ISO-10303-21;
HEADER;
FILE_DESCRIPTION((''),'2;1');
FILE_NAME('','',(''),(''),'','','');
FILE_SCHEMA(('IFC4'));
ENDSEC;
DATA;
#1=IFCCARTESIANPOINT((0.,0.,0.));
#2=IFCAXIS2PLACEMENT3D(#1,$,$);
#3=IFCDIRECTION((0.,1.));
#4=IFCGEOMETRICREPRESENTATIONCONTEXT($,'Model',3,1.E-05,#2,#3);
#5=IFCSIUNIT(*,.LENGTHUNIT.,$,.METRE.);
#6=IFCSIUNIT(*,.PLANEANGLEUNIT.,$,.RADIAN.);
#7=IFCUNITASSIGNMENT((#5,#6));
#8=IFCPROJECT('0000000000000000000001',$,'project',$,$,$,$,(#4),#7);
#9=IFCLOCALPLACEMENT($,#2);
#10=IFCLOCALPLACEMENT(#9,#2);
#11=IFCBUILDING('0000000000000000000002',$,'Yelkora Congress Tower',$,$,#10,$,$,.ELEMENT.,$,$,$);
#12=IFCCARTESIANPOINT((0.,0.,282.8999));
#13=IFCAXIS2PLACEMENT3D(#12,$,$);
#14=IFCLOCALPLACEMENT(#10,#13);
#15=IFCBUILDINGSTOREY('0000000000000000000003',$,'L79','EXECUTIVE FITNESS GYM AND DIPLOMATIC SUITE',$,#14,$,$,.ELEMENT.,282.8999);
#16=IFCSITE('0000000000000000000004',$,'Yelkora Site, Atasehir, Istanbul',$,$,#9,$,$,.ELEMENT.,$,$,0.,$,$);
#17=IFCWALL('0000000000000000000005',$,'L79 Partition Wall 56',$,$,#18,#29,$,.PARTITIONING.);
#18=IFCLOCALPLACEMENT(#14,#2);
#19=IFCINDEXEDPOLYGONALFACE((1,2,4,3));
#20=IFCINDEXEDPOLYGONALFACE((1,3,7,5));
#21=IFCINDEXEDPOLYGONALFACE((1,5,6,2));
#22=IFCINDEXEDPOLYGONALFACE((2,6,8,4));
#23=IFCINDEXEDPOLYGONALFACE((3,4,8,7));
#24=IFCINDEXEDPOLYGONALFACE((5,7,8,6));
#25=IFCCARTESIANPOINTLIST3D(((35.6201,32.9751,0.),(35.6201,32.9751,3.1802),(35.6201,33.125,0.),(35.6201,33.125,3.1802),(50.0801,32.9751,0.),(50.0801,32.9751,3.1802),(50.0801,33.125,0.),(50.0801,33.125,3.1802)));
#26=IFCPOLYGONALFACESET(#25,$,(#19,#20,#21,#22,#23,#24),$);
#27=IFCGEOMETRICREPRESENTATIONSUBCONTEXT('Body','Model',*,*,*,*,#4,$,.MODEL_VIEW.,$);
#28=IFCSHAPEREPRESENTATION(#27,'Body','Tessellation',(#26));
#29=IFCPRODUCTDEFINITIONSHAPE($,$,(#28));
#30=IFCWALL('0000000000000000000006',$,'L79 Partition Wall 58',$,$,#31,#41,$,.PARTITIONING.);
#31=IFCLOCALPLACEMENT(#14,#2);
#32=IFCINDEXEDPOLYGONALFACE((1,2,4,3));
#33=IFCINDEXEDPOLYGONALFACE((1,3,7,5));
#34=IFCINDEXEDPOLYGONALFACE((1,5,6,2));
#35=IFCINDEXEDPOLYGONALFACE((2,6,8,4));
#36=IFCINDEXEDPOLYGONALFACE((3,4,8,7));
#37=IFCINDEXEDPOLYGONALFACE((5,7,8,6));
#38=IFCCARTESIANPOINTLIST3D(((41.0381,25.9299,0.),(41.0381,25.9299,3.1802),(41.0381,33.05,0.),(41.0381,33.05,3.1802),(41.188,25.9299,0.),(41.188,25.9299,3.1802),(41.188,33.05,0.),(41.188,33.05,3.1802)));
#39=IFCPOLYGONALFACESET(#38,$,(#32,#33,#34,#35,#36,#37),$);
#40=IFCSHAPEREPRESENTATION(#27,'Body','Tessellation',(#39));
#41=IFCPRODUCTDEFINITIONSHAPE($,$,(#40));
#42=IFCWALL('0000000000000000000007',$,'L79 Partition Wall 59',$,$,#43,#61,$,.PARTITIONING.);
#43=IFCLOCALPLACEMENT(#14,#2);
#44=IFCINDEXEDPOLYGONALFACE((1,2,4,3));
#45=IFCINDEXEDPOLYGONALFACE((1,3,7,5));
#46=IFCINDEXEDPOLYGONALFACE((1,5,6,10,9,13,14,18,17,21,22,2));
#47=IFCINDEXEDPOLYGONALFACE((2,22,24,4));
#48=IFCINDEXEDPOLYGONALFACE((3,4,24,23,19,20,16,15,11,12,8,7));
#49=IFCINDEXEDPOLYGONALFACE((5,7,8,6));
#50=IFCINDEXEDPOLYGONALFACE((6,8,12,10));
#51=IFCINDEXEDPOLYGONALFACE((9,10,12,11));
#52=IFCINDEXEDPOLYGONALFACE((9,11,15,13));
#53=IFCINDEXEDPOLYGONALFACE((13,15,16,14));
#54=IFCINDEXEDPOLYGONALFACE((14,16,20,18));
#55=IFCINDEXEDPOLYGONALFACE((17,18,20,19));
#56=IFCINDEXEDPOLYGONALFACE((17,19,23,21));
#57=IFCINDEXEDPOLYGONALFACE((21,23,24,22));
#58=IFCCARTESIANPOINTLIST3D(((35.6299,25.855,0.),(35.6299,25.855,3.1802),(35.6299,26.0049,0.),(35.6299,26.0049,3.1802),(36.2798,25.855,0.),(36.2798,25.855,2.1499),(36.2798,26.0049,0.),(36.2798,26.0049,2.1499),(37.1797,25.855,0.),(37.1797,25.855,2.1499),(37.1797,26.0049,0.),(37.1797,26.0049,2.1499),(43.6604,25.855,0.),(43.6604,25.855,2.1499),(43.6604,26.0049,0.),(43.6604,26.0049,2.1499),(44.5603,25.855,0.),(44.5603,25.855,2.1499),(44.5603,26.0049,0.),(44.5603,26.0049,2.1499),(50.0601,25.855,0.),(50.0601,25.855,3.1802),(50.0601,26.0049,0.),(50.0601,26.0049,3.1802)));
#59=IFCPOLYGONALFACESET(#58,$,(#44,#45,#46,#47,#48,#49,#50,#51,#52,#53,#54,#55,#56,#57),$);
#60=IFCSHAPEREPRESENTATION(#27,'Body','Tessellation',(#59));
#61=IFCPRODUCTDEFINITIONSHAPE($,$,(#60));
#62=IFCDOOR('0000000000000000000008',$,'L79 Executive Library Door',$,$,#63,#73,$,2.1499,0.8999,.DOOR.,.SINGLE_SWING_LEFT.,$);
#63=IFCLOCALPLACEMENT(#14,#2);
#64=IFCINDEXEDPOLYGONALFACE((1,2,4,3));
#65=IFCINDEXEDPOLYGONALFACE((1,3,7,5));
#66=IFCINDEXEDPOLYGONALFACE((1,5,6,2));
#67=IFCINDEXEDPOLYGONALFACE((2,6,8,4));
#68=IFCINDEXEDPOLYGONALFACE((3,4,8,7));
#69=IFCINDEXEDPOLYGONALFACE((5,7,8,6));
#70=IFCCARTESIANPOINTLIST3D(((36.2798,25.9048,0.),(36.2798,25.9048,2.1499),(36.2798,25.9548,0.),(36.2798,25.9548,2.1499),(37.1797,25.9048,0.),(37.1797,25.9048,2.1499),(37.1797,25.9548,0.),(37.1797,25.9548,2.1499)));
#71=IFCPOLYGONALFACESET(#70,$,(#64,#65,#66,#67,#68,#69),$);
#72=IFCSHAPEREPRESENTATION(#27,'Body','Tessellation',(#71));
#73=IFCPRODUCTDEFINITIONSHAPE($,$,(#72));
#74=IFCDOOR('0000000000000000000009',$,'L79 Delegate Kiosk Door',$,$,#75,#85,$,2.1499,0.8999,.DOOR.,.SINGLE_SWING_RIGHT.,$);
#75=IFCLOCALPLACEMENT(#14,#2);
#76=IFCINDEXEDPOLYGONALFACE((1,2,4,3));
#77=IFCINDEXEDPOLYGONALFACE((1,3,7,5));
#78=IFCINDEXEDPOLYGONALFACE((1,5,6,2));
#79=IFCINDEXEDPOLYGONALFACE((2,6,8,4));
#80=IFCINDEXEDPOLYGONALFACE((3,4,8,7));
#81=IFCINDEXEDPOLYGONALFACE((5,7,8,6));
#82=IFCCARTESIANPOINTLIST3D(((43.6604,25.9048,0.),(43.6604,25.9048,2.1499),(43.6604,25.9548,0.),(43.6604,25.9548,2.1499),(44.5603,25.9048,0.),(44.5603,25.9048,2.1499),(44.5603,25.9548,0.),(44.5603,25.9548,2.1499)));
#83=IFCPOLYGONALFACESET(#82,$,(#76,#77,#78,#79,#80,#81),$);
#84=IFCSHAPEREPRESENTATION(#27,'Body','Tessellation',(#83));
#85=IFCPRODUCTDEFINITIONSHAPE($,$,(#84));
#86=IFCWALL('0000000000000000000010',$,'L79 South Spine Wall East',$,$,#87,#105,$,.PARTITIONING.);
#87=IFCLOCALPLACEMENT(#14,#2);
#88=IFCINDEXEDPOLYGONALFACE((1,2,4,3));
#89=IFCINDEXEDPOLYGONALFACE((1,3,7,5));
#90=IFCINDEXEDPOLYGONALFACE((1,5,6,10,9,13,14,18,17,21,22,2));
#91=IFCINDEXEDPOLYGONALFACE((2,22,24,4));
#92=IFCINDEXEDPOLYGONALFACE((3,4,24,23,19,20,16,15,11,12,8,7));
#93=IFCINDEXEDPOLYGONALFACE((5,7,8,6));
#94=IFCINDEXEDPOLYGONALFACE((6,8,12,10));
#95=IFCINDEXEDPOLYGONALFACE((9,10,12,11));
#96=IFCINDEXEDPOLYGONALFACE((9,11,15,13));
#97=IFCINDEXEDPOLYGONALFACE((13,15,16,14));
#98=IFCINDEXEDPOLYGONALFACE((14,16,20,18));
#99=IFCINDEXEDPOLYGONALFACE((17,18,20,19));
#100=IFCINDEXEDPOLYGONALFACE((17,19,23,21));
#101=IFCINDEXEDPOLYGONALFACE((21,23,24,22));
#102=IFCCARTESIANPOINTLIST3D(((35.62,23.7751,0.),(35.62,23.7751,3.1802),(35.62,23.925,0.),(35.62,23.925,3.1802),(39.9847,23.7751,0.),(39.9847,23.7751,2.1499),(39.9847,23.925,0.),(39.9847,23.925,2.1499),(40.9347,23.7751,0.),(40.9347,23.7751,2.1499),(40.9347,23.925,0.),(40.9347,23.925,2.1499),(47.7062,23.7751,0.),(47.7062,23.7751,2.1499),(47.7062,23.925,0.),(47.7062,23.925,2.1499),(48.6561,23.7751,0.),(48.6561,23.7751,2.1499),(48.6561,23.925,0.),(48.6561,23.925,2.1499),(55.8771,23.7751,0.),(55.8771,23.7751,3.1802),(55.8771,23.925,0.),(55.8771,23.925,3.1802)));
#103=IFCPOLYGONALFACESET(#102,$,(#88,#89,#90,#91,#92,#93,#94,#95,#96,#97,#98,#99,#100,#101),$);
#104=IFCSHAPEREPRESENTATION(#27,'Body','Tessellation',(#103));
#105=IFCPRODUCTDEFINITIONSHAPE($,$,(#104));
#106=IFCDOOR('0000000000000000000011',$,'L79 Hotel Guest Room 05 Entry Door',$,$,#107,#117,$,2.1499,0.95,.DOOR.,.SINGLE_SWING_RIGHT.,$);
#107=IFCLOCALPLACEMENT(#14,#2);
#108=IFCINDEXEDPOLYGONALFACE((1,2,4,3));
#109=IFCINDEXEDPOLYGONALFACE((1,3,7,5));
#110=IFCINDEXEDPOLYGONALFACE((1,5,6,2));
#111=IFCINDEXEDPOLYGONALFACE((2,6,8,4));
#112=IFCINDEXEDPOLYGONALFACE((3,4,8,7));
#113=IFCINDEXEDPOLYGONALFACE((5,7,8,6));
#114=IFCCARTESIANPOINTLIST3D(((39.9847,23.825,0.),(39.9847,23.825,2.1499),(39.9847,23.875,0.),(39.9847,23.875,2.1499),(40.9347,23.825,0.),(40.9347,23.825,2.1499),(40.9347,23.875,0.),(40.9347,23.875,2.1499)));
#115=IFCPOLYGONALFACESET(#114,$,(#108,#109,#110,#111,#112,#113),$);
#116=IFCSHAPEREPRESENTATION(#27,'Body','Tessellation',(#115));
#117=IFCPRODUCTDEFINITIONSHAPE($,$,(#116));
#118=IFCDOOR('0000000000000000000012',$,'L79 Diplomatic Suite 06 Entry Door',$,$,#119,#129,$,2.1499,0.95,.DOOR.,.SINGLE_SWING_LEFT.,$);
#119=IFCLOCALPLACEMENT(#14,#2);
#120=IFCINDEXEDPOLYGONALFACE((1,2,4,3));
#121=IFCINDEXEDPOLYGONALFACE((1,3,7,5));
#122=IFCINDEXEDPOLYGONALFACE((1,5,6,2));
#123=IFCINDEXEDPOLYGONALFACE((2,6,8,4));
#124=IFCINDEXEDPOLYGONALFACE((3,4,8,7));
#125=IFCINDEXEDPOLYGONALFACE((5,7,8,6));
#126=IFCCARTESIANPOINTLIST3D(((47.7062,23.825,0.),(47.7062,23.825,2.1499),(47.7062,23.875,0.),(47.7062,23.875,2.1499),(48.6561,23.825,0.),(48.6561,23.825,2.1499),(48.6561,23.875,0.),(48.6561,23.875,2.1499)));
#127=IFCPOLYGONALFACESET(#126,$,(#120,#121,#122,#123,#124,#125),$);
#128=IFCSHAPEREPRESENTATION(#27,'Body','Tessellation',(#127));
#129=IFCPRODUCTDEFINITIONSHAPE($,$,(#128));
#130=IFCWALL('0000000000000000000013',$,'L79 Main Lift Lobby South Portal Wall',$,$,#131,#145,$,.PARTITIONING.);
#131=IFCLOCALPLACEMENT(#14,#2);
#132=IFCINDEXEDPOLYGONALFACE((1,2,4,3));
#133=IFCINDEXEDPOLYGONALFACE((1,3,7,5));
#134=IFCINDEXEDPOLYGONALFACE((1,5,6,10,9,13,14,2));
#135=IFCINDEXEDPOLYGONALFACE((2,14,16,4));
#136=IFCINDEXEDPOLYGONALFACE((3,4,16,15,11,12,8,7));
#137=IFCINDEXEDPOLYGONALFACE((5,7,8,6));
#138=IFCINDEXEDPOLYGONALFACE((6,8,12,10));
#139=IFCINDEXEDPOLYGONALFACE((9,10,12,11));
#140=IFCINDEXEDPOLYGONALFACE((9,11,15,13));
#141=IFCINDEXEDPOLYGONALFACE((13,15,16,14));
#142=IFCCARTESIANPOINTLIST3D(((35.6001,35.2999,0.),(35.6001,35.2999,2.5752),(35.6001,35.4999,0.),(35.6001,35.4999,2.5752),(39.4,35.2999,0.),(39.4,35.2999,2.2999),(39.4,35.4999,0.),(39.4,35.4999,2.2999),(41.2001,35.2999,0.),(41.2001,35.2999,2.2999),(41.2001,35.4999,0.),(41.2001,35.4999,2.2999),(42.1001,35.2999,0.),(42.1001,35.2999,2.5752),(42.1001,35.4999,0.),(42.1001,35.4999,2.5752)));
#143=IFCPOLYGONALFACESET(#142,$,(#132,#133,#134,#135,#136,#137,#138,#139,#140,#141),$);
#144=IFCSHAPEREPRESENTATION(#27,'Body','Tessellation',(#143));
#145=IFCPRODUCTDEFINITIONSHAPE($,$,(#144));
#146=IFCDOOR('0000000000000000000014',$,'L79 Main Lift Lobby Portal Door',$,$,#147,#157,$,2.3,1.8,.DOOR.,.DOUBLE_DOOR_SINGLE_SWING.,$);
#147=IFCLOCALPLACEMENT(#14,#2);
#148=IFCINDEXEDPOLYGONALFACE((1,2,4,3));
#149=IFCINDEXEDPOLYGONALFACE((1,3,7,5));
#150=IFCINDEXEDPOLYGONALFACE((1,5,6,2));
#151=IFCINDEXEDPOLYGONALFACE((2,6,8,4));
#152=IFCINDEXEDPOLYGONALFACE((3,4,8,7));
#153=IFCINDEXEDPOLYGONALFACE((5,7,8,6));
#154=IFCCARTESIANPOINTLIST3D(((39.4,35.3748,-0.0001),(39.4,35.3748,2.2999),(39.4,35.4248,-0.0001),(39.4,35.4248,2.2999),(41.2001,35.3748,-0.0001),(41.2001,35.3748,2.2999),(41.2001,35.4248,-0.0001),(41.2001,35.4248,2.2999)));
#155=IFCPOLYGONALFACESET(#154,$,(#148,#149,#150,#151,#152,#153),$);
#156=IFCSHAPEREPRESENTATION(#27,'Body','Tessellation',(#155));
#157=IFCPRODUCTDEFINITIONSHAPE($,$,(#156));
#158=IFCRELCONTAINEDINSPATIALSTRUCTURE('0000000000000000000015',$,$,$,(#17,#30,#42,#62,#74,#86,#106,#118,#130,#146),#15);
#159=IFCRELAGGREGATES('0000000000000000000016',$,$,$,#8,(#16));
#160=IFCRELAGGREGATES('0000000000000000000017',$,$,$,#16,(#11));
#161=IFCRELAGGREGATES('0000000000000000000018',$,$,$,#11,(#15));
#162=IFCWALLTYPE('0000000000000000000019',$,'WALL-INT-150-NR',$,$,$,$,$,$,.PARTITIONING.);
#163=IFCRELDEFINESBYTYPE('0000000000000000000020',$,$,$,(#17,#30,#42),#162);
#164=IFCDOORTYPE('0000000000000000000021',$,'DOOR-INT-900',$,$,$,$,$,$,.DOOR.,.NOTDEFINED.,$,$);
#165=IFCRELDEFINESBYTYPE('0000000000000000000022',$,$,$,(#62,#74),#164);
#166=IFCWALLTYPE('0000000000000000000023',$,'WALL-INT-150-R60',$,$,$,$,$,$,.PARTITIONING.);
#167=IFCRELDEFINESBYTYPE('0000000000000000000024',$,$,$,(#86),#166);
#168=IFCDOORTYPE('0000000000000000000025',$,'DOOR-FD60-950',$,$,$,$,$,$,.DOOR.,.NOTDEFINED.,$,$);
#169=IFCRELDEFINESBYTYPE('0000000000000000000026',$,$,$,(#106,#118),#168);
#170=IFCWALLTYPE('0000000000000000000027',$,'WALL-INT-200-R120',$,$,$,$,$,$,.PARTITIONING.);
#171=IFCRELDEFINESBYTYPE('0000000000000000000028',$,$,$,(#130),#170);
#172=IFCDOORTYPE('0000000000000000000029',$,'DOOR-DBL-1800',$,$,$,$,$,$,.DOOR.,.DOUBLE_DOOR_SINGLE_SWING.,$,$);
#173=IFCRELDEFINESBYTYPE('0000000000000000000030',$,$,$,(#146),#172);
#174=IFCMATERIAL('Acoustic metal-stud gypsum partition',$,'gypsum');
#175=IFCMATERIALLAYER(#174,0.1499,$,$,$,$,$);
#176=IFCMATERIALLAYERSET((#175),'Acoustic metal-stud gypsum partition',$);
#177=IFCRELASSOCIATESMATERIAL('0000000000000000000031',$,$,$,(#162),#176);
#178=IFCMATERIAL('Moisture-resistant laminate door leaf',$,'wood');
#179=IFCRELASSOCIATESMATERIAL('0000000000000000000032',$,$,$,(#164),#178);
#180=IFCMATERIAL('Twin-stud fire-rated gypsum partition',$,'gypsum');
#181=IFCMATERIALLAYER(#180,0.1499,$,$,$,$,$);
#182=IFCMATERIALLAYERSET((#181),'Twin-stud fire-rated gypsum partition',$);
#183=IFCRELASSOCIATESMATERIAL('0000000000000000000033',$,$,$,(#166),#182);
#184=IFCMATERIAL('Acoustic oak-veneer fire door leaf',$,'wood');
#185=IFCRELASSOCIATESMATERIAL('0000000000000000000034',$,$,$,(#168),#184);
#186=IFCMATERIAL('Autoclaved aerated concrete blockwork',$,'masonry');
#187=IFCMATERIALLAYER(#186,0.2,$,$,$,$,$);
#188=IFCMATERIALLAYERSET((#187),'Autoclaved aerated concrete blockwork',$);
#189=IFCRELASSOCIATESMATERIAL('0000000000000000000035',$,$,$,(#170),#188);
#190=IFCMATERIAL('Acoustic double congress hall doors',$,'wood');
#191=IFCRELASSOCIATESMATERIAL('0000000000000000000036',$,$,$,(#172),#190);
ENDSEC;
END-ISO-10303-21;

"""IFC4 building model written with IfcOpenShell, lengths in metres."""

from ifc_helpers import new_model, si_unit, direction, frame, frame_2d, origin, place, context, subcontext, project, spatial, rectangle, extrude, material, layer, layer_set, type_object, element, fill, save


model = new_model("IFC4")

# Units and contexts
model_context = context("Model", 3, precision=1e-05, world=origin(), true_north=direction((0.0, 1.0)))
body_context = subcontext(model_context, "Body", "Model", "MODEL_VIEW")
ifc_project = project(units=[si_unit("LENGTHUNIT", "METRE"), si_unit("PLANEANGLEUNIT", "RADIAN")], contexts=[model_context])

# Site, building, storey
site_placement = place(None, origin())
site = spatial("IfcSite", under=ifc_project, at=site_placement, Name="Yelkora Site, Atasehir, Istanbul", CompositionType="ELEMENT", RefElevation=0.0)
building_placement = place(site_placement, origin())
building = spatial("IfcBuilding", under=site, at=building_placement, Name="Yelkora Congress Tower", CompositionType="ELEMENT")
storey_placement = place(building_placement, frame((0.0, 0.0, 282.8999)))
storey = spatial("IfcBuildingStorey", under=building, at=storey_placement, Name="L79", Description="EXECUTIVE FITNESS GYM AND DIPLOMATIC SUITE", CompositionType="ELEMENT", Elevation=282.8999)

# Walls
ifc_material_1 = material(Name="Acoustic metal-stud gypsum partition", Category="gypsum")
ifc_layer_1 = layer(ifc_material_1, 0.1499)
ifc_layer_set_1 = layer_set([ifc_layer_1], Name="Acoustic metal-stud gypsum partition")
wall_type_1 = type_object("IfcWallType", Name="WALL-INT-150-NR", PredefinedType="PARTITIONING", material=ifc_layer_set_1)
wall_1_placement = place(storey_placement, frame((35.6201, 33.05, 0.0), z_axis=(0.0, 0.0, 1.0), x_axis=(1.0, 0.0, 0.0)))
element("IfcWall", 1, at=wall_1_placement, inside=storey, type_object=wall_type_1, Name="L79 Partition Wall 56", PredefinedType="PARTITIONING", context=body_context, shape_type="SweptSolid", body=[
    extrude(rectangle(XDim=14.46, YDim=0.1499, at=frame_2d((7.23, 0.0))), origin(), (0.0, 0.0, 1.0), 3.1802),
])
wall_2_placement = place(storey_placement, frame((41.113, 25.9299, 0.0), z_axis=(0.0, 0.0, 1.0), x_axis=(0.0, 1.0, 0.0)))
element("IfcWall", 2, at=wall_2_placement, inside=storey, type_object=wall_type_1, Name="L79 Partition Wall 58", PredefinedType="PARTITIONING", context=body_context, shape_type="SweptSolid", body=[
    extrude(rectangle(XDim=7.1201, YDim=0.1499, at=frame_2d((3.5601, 0.0))), origin(), (0.0, 0.0, 1.0), 3.1802),
])

# Walls, openings, doors
wall_3_placement = place(storey_placement, frame((35.6299, 25.9299, 0.0), z_axis=(0.0, 0.0, 1.0), x_axis=(1.0, 0.0, 0.0)))
wall_3 = element("IfcWall", 3, at=wall_3_placement, inside=storey, type_object=wall_type_1, Name="L79 Partition Wall 59", PredefinedType="PARTITIONING", context=body_context, shape_type="SweptSolid", body=[
    extrude(rectangle(XDim=14.4302, YDim=0.1499, at=frame_2d((7.2151, 0.0))), origin(), (0.0, 0.0, 1.0), 3.1802),
])
opening_1_placement = place(wall_3_placement, frame((0.6499, 0.0, 0.0)))
opening_1 = element("IfcOpeningElement", 4, at=opening_1_placement, cuts=wall_3, PredefinedType="OPENING", context=body_context, shape_type="SweptSolid", body=[
    extrude(rectangle(XDim=0.8999, YDim=2.1499, at=frame_2d((0.45, 1.075))), frame((0.0, 0.085, 0.0), z_axis=(0.0, -1.0, 0.0), x_axis=(1.0, 0.0, 0.0)), (0.0, 0.0, 1.0), 0.1699),
])
opening_2_placement = place(wall_3_placement, frame((8.0305, 0.0, 0.0)))
opening_2 = element("IfcOpeningElement", 5, at=opening_2_placement, cuts=wall_3, PredefinedType="OPENING", context=body_context, shape_type="SweptSolid", body=[
    extrude(rectangle(XDim=0.8999, YDim=2.1499, at=frame_2d((0.45, 1.075))), frame((0.0, 0.085, 0.0), z_axis=(0.0, -1.0, 0.0), x_axis=(1.0, 0.0, 0.0)), (0.0, 0.0, 1.0), 0.1699),
])
ifc_material_2 = material(Name="Moisture-resistant laminate door leaf", Category="wood")
door_type_1 = type_object("IfcDoorType", Name="DOOR-INT-900", OperationType="NOTDEFINED", PredefinedType="DOOR", material=ifc_material_2)
door_1_placement = place(opening_1_placement, origin())
door_1 = element("IfcDoor", 6, at=door_1_placement, inside=storey, type_object=door_type_1, Name="L79 Executive Library Door", OperationType="SINGLE_SWING_LEFT", OverallHeight=2.1499, OverallWidth=0.8999, PredefinedType="DOOR", context=body_context, shape_type="SweptSolid", body=[
    extrude(rectangle(XDim=0.8999, YDim=2.1499, at=frame_2d((0.45, 1.075))), frame((0.0, 0.0249, 0.0), z_axis=(0.0, -1.0, 0.0), x_axis=(1.0, 0.0, 0.0)), (0.0, 0.0, 1.0), 0.05),
])
fill(opening_1, door_1)
door_2_placement = place(opening_2_placement, origin())
door_2 = element("IfcDoor", 7, at=door_2_placement, inside=storey, type_object=door_type_1, Name="L79 Delegate Kiosk Door", OperationType="SINGLE_SWING_RIGHT", OverallHeight=2.1499, OverallWidth=0.8999, PredefinedType="DOOR", context=body_context, shape_type="SweptSolid", body=[
    extrude(rectangle(XDim=0.8999, YDim=2.1499, at=frame_2d((0.45, 1.075))), frame((0.0, 0.0249, 0.0), z_axis=(0.0, -1.0, 0.0), x_axis=(1.0, 0.0, 0.0)), (0.0, 0.0, 1.0), 0.05),
])
fill(opening_2, door_2)
ifc_material_3 = material(Name="Twin-stud fire-rated gypsum partition", Category="gypsum")
ifc_layer_2 = layer(ifc_material_3, 0.1499)
ifc_layer_set_2 = layer_set([ifc_layer_2], Name="Twin-stud fire-rated gypsum partition")
wall_type_2 = type_object("IfcWallType", Name="WALL-INT-150-R60", PredefinedType="PARTITIONING", material=ifc_layer_set_2)
wall_4_placement = place(storey_placement, frame((35.6201, 23.8501, 0.0), z_axis=(0.0, 0.0, 1.0), x_axis=(1.0, 0.0, 0.0)))
wall_4 = element("IfcWall", 8, at=wall_4_placement, inside=storey, type_object=wall_type_2, Name="L79 South Spine Wall East", PredefinedType="PARTITIONING", context=body_context, shape_type="SweptSolid", body=[
    extrude(rectangle(XDim=20.2571, YDim=0.1499, at=frame_2d((10.1284, 0.0))), origin(), (0.0, 0.0, 1.0), 3.1802),
])
opening_3_placement = place(wall_4_placement, frame((4.3645, 0.0, 0.0)))
opening_3 = element("IfcOpeningElement", 9, at=opening_3_placement, cuts=wall_4, PredefinedType="OPENING", context=body_context, shape_type="SweptSolid", body=[
    extrude(rectangle(XDim=0.95, YDim=2.1499, at=frame_2d((0.4751, 1.075))), frame((0.0, 0.085, 0.0), z_axis=(0.0, -1.0, 0.0), x_axis=(1.0, 0.0, 0.0)), (0.0, 0.0, 1.0), 0.1699),
])
opening_4_placement = place(wall_4_placement, frame((12.0859, 0.0, 0.0)))
opening_4 = element("IfcOpeningElement", 10, at=opening_4_placement, cuts=wall_4, PredefinedType="OPENING", context=body_context, shape_type="SweptSolid", body=[
    extrude(rectangle(XDim=0.95, YDim=2.1499, at=frame_2d((0.4751, 1.075))), frame((0.0, 0.085, 0.0), z_axis=(0.0, -1.0, 0.0), x_axis=(1.0, 0.0, 0.0)), (0.0, 0.0, 1.0), 0.1699),
])
ifc_material_4 = material(Name="Acoustic oak-veneer fire door leaf", Category="wood")
door_type_2 = type_object("IfcDoorType", Name="DOOR-FD60-950", OperationType="NOTDEFINED", PredefinedType="DOOR", material=ifc_material_4)
door_3_placement = place(opening_3_placement, origin())
door_3 = element("IfcDoor", 11, at=door_3_placement, inside=storey, type_object=door_type_2, Name="L79 Hotel Guest Room 05 Entry Door", OperationType="SINGLE_SWING_RIGHT", OverallHeight=2.1499, OverallWidth=0.95, PredefinedType="DOOR", context=body_context, shape_type="SweptSolid", body=[
    extrude(rectangle(XDim=0.95, YDim=2.1499, at=frame_2d((0.4751, 1.075))), frame((0.0, 0.0249, 0.0), z_axis=(0.0, -1.0, 0.0), x_axis=(1.0, 0.0, 0.0)), (0.0, 0.0, 1.0), 0.05),
])
fill(opening_3, door_3)
door_4_placement = place(opening_4_placement, origin())
door_4 = element("IfcDoor", 12, at=door_4_placement, inside=storey, type_object=door_type_2, Name="L79 Diplomatic Suite 06 Entry Door", OperationType="SINGLE_SWING_LEFT", OverallHeight=2.1499, OverallWidth=0.95, PredefinedType="DOOR", context=body_context, shape_type="SweptSolid", body=[
    extrude(rectangle(XDim=0.95, YDim=2.1499, at=frame_2d((0.4751, 1.075))), frame((0.0, 0.0249, 0.0), z_axis=(0.0, -1.0, 0.0), x_axis=(1.0, 0.0, 0.0)), (0.0, 0.0, 1.0), 0.05),
])
fill(opening_4, door_4)

# Wall, opening, door
ifc_material_5 = material(Name="Autoclaved aerated concrete blockwork", Category="masonry")
ifc_layer_3 = layer(ifc_material_5, 0.2)
ifc_layer_set_3 = layer_set([ifc_layer_3], Name="Autoclaved aerated concrete blockwork")
wall_type_3 = type_object("IfcWallType", Name="WALL-INT-200-R120", PredefinedType="PARTITIONING", material=ifc_layer_set_3)
wall_5_placement = place(storey_placement, frame((35.6001, 35.3999, 0.0), z_axis=(0.0, 0.0, 1.0), x_axis=(1.0, 0.0, 0.0)))
wall_5 = element("IfcWall", 13, at=wall_5_placement, inside=storey, type_object=wall_type_3, Name="L79 Main Lift Lobby South Portal Wall", PredefinedType="PARTITIONING", context=body_context, shape_type="SweptSolid", body=[
    extrude(rectangle(XDim=6.5, YDim=0.2, at=frame_2d((3.25, 0.0))), origin(), (0.0, 0.0, 1.0), 2.5752),
])
opening_5_placement = place(wall_5_placement, frame((3.8, 0.0, 0.0)))
opening_5 = element("IfcOpeningElement", 14, at=opening_5_placement, cuts=wall_5, PredefinedType="OPENING", context=body_context, shape_type="SweptSolid", body=[
    extrude(rectangle(XDim=1.8, YDim=2.3, at=frame_2d((0.8999, 1.1499))), frame((0.0, 0.1099, 0.0), z_axis=(0.0, -1.0, 0.0), x_axis=(1.0, 0.0, 0.0)), (0.0, 0.0, 1.0), 0.22),
])
ifc_material_6 = material(Name="Acoustic double congress hall doors", Category="wood")
door_type_3 = type_object("IfcDoorType", Name="DOOR-DBL-1800", OperationType="DOUBLE_DOOR_SINGLE_SWING", PredefinedType="DOOR", material=ifc_material_6)
door_5_placement = place(opening_5_placement, origin())
door_5 = element("IfcDoor", 15, at=door_5_placement, inside=storey, type_object=door_type_3, Name="L79 Main Lift Lobby Portal Door", OperationType="DOUBLE_DOOR_SINGLE_SWING", OverallHeight=2.3, OverallWidth=1.8, PredefinedType="DOOR", context=body_context, shape_type="SweptSolid", body=[
    extrude(rectangle(XDim=1.8, YDim=2.3, at=frame_2d((0.8999, 1.1499))), frame((0.0, 0.0249, 0.0), z_axis=(0.0, -1.0, 0.0), x_axis=(1.0, 0.0, 0.0)), (0.0, 0.0, 1.0), 0.05),
])
fill(opening_5, door_5)

save(model, "model.ifc")
